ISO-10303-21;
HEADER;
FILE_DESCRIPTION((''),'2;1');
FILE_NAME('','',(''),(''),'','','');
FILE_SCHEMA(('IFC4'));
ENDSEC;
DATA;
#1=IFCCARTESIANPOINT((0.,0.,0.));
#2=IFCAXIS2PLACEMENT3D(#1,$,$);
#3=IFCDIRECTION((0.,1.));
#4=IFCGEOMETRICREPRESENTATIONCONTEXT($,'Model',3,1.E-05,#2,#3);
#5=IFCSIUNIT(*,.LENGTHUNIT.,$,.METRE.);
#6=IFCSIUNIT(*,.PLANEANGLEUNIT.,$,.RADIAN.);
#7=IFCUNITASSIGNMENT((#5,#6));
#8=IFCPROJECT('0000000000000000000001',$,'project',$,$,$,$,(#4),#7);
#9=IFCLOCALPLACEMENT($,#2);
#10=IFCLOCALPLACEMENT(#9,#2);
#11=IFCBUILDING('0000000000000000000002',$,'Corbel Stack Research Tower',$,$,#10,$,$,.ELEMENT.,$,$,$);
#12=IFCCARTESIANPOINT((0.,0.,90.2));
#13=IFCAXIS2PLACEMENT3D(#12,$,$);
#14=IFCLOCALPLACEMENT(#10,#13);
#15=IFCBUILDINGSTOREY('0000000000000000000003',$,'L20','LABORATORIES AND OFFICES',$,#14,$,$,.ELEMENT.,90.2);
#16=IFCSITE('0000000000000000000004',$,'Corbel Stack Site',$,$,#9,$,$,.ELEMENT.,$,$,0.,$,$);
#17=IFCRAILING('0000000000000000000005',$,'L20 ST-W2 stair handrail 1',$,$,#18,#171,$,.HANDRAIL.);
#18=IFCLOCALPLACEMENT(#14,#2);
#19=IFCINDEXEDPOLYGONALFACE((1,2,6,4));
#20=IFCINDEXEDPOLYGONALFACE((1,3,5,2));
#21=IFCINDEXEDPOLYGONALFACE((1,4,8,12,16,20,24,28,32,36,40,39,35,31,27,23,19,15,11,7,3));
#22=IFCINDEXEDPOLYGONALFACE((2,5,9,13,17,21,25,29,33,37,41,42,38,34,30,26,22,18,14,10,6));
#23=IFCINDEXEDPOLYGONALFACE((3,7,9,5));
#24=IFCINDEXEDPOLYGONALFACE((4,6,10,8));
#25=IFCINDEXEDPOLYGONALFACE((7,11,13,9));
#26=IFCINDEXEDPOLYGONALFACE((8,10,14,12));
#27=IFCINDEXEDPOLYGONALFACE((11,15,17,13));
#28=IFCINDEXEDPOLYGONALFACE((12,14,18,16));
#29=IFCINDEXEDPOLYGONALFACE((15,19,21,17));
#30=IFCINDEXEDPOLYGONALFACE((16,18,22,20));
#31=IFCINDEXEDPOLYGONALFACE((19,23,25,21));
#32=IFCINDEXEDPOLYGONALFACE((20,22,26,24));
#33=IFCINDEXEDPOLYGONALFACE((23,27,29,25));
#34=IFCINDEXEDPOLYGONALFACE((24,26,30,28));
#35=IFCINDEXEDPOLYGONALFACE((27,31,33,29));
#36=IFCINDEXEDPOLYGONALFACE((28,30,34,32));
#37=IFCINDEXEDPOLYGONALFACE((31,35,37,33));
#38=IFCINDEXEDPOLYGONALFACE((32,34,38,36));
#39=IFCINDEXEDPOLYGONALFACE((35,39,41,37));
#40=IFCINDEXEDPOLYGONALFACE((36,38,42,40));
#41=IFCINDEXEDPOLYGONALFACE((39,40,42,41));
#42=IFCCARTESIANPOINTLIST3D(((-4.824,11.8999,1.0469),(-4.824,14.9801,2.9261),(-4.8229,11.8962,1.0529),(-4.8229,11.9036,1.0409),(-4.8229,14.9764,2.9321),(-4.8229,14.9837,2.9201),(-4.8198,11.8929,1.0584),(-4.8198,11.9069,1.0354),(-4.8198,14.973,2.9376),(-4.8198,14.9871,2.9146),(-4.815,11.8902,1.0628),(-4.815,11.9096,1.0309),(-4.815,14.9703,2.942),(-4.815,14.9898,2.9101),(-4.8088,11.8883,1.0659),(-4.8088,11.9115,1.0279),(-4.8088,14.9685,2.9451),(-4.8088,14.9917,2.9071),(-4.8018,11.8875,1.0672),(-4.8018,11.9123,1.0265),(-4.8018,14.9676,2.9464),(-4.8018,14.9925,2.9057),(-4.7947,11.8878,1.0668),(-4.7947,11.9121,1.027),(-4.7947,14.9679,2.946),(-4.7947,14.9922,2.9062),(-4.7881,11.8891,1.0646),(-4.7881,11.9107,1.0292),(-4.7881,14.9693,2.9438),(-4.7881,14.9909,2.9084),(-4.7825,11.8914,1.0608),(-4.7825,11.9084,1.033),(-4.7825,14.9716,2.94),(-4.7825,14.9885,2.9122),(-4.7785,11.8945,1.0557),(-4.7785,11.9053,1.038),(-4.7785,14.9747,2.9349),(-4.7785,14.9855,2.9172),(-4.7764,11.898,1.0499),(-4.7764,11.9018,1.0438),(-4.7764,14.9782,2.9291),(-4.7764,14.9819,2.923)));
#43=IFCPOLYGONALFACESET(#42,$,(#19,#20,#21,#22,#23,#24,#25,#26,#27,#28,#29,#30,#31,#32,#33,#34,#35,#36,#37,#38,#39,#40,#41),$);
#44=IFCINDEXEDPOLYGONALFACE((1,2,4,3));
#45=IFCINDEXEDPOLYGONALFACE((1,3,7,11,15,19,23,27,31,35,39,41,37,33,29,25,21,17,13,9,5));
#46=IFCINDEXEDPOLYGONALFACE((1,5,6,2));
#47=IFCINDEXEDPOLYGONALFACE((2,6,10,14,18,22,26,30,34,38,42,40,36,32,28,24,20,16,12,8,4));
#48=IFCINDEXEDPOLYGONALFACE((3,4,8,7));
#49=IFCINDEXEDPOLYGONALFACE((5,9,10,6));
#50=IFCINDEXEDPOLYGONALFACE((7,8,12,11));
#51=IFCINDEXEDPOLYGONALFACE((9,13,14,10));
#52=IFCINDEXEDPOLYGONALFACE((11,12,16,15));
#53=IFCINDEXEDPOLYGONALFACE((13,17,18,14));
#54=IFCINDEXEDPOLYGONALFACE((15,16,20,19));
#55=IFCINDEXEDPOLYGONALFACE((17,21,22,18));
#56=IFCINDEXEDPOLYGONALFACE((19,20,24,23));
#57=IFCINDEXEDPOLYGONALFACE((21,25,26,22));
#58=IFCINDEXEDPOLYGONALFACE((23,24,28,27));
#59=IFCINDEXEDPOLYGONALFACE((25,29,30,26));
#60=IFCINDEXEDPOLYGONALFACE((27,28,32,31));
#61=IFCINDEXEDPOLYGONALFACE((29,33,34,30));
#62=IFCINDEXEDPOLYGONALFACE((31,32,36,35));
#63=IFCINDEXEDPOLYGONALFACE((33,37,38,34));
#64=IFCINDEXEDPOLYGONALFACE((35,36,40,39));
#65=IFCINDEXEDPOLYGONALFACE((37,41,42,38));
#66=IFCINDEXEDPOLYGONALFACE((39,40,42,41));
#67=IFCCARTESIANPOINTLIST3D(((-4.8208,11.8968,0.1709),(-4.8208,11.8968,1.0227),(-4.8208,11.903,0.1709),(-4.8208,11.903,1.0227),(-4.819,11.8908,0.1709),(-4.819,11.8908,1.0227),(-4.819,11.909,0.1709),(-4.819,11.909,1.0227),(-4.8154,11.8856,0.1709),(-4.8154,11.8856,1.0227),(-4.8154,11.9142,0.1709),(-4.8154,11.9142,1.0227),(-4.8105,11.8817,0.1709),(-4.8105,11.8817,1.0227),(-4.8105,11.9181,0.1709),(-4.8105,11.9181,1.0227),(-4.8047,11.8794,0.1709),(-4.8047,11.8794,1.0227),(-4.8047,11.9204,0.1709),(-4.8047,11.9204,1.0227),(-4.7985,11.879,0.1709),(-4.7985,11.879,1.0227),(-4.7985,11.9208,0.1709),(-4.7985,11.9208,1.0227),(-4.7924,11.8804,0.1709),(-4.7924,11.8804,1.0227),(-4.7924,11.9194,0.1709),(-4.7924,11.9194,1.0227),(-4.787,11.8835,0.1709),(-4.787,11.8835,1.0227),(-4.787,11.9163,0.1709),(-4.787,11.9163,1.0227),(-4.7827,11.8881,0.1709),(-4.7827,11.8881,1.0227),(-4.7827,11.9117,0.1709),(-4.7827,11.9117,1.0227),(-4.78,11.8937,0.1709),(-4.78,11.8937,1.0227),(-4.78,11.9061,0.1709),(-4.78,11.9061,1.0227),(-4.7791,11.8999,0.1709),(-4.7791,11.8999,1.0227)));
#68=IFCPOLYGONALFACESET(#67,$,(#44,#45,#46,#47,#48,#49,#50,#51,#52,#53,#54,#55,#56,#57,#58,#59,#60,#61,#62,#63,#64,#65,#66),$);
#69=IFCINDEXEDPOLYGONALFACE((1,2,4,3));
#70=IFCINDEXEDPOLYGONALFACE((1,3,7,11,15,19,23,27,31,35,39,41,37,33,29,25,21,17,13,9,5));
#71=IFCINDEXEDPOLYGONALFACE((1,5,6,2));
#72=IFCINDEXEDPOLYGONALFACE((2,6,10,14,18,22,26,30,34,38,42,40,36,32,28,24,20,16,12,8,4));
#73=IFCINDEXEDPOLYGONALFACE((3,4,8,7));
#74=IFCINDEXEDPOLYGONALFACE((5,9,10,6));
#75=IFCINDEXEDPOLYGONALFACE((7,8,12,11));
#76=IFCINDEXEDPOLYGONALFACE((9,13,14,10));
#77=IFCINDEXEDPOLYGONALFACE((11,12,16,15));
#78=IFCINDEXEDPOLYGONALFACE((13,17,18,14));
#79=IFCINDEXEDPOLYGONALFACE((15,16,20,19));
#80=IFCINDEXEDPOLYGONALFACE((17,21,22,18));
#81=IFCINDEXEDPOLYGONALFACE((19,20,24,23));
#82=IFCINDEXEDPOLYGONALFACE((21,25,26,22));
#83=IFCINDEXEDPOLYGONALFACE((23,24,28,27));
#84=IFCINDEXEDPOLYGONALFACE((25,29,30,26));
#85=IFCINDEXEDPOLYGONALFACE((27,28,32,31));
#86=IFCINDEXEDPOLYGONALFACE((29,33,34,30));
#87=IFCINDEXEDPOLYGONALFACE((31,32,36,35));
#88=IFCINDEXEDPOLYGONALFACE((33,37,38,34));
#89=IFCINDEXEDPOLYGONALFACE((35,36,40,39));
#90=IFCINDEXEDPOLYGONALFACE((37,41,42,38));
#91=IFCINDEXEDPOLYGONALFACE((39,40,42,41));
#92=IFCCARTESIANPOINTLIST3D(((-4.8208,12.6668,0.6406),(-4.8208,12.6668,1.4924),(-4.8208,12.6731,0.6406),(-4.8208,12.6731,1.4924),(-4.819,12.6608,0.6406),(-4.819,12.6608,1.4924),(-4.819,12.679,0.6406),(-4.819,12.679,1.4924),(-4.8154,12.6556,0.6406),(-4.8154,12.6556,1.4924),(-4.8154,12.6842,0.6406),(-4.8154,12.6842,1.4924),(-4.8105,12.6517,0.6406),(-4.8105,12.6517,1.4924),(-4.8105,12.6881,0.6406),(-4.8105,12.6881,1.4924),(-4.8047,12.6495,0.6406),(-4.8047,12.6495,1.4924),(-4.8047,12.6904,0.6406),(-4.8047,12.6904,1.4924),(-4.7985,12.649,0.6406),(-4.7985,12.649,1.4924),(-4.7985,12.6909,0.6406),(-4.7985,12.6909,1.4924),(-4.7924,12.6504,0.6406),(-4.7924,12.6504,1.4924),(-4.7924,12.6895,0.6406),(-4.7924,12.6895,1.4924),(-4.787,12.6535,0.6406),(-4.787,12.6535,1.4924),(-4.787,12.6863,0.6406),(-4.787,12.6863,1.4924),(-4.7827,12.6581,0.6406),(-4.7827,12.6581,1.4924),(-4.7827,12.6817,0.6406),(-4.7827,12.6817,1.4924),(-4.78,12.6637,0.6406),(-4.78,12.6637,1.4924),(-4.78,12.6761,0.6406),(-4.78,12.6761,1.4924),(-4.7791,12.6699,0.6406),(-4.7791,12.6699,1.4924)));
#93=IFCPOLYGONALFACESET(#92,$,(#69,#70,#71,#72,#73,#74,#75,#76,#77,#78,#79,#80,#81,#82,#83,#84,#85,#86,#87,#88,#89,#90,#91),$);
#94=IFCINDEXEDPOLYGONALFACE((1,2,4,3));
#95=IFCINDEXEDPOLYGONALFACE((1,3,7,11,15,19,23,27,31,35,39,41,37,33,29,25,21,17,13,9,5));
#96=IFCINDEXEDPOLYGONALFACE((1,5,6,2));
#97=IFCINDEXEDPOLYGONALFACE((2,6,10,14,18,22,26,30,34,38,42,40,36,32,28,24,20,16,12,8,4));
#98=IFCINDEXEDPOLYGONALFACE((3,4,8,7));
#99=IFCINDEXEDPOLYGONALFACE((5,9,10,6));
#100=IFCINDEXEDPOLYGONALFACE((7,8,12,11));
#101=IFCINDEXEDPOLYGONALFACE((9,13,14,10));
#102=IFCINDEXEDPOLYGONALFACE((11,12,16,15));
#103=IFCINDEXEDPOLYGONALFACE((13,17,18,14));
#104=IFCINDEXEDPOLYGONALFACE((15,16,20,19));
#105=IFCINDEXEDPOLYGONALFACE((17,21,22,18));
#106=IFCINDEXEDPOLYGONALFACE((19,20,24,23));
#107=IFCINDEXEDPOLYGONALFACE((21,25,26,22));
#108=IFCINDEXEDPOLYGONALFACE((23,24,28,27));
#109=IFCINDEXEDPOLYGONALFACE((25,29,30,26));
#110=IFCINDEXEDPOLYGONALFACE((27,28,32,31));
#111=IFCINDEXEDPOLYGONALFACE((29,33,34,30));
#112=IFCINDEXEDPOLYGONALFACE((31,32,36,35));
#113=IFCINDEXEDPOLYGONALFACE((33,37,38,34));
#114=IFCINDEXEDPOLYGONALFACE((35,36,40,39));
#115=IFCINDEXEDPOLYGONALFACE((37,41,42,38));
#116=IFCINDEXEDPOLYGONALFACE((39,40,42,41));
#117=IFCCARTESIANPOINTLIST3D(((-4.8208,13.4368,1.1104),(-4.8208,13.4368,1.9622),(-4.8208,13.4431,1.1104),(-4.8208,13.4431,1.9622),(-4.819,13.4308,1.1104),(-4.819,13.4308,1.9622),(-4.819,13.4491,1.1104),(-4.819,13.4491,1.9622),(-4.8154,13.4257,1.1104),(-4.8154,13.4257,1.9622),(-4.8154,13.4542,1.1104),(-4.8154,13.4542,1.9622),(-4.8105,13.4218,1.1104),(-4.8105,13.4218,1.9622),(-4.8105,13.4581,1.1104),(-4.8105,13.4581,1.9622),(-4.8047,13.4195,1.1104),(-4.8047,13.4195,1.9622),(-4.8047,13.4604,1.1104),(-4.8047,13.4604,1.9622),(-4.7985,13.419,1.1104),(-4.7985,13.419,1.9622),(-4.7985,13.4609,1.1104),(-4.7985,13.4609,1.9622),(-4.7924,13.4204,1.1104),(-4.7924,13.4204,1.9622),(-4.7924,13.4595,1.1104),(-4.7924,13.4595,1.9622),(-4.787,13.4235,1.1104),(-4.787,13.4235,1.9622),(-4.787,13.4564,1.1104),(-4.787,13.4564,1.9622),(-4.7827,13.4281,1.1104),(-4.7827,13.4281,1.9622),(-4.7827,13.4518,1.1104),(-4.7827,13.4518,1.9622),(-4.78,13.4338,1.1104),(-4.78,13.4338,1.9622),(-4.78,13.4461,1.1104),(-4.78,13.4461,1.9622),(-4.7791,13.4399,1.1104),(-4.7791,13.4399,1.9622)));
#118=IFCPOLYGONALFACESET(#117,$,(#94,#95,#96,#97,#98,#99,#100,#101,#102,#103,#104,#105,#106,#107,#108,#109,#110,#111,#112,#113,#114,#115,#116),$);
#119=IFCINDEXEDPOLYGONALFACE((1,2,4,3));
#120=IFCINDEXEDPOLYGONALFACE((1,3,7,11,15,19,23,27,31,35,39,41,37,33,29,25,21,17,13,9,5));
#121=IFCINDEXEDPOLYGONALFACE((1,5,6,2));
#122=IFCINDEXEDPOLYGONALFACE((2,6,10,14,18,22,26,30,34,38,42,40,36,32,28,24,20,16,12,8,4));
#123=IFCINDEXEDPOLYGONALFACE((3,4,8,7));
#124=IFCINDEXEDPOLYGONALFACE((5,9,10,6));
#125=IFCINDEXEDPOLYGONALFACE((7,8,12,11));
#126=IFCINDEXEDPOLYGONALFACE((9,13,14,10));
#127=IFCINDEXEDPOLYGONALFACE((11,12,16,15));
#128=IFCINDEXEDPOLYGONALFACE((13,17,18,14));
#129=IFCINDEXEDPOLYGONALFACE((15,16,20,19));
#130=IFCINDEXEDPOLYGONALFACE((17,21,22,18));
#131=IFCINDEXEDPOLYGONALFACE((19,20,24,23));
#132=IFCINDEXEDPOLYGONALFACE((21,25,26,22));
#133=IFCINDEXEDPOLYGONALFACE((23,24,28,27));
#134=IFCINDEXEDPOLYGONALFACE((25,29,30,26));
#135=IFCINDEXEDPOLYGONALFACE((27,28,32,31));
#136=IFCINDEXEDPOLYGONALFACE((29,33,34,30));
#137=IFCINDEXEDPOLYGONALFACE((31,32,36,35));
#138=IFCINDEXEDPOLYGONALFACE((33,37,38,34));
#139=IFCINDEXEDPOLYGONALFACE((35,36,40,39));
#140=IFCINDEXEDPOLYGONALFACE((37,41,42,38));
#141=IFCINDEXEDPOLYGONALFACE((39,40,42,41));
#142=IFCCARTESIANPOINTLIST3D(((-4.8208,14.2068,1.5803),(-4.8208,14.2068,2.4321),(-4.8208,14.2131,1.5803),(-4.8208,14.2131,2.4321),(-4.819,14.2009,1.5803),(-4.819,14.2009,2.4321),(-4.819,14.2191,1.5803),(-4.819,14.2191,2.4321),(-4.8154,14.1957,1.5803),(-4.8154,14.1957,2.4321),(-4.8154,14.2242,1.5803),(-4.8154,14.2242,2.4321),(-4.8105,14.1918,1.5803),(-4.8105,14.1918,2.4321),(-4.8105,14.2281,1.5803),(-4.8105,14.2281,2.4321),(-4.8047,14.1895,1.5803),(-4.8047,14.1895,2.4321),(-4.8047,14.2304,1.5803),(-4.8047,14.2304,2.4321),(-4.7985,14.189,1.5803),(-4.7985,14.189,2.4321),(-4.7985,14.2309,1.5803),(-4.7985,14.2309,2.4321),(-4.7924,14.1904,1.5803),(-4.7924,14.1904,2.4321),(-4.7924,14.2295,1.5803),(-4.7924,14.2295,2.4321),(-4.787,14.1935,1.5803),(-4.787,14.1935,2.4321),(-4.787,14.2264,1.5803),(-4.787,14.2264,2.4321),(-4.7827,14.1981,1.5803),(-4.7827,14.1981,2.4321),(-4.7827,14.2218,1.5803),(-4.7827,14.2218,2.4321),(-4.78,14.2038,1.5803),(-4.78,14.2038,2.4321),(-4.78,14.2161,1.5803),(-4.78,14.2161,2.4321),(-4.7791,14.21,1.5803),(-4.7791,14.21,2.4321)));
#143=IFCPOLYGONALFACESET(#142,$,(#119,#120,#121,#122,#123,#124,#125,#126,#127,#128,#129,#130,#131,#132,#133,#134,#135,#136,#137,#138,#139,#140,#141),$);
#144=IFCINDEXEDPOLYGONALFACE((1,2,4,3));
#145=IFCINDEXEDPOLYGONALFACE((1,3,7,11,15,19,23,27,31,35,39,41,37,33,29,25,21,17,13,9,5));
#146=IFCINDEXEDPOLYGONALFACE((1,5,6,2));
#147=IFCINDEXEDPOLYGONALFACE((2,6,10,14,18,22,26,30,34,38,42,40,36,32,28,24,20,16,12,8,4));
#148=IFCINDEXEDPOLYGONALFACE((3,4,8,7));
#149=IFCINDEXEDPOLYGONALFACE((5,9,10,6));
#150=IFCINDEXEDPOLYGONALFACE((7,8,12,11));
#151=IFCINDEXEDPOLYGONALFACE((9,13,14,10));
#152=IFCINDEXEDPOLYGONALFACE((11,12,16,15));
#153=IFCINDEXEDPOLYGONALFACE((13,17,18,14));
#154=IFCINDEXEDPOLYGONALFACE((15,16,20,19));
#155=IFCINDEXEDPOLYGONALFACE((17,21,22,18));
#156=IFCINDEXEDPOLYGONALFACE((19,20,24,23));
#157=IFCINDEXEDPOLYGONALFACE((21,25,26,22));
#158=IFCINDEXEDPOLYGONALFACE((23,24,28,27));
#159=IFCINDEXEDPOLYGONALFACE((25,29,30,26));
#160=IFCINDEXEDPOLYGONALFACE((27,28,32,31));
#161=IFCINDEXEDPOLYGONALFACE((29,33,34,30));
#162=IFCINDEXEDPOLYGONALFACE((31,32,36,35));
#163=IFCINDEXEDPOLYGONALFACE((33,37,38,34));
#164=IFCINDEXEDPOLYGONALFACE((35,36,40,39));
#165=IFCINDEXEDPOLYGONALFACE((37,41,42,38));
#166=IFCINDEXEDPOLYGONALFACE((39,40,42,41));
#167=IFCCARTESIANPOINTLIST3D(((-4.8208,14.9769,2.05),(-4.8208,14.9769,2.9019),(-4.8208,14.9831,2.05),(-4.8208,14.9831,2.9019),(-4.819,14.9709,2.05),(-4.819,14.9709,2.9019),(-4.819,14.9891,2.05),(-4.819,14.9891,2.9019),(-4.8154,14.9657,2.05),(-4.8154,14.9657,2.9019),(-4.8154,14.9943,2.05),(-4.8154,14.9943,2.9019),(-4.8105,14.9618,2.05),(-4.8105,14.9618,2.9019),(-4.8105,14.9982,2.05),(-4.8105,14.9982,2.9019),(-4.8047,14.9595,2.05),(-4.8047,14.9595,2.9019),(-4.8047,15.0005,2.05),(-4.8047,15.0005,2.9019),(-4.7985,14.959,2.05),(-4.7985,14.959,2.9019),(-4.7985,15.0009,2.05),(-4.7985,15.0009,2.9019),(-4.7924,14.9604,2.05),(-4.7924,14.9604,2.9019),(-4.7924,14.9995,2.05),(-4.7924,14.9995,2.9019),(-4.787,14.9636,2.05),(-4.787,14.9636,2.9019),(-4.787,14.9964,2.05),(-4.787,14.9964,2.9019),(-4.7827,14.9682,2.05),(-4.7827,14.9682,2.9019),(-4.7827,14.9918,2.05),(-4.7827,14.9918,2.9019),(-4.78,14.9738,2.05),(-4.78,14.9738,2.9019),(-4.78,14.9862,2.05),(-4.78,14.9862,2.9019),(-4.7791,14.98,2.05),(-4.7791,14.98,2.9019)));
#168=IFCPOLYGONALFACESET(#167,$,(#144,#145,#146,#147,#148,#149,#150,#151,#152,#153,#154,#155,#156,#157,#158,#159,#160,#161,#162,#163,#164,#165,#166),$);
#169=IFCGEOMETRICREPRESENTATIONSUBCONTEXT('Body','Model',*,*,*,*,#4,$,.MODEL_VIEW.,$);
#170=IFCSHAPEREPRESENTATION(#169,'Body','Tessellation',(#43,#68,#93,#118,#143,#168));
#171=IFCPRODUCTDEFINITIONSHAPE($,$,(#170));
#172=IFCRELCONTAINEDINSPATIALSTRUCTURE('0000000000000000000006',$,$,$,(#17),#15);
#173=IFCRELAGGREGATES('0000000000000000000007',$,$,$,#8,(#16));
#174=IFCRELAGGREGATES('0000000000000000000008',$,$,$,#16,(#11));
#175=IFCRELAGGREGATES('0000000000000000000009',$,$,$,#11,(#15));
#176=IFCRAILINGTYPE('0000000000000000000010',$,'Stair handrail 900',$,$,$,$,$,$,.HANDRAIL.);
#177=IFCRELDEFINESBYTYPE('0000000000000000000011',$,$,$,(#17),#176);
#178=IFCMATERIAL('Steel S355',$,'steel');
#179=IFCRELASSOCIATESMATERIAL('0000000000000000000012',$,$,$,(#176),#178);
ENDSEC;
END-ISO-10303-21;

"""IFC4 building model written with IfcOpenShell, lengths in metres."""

from ifc_helpers import new_model, si_unit, direction, frame, origin, origin_2d, place, context, subcontext, project, spatial, circle, extrude, material, type_object, element, save


model = new_model("IFC4")

# Units and contexts
model_context = context("Model", 3, precision=1e-05, world=origin(), true_north=direction((0.0, 1.0)))
body_context = subcontext(model_context, "Body", "Model", "MODEL_VIEW")
ifc_project = project(units=[si_unit("LENGTHUNIT", "METRE"), si_unit("PLANEANGLEUNIT", "RADIAN")], contexts=[model_context])

# Site, building, storey
site_placement = place(None, origin())
site = spatial("IfcSite", under=ifc_project, at=site_placement, Name="Corbel Stack Site", CompositionType="ELEMENT", RefElevation=0.0)
building_placement = place(site_placement, origin())
building = spatial("IfcBuilding", under=site, at=building_placement, Name="Corbel Stack Research Tower", CompositionType="ELEMENT")
storey_placement = place(building_placement, frame((0.0, 0.0, 90.2)))
storey = spatial("IfcBuildingStorey", under=building, at=storey_placement, Name="L20", Description="LABORATORIES AND OFFICES", CompositionType="ELEMENT", Elevation=90.2)

# Railing
ifc_material_1 = material(Name="Steel S355", Category="steel")
railing_type_1 = type_object("IfcRailingType", Name="Stair handrail 900", PredefinedType="HANDRAIL", material=ifc_material_1)
railing_1_placement = place(storey_placement, frame((-4.8, 11.8999, 0.1709)))
element("IfcRailing", 1, at=railing_1_placement, inside=storey, type_object=railing_type_1, Name="L20 ST-W2 stair handrail 1", PredefinedType="HANDRAIL", context=body_context, shape_type="SweptSolid", body=[
    extrude(circle(Radius=0.0239, at=origin_2d()), frame((0.0, 0.0, 0.876), z_axis=(0.0, 0.853666, 0.52082), x_axis=(-1.0, 0.0, 0.0)), (0.0, 0.0, 1.0), 3.6082),
    extrude(circle(Radius=0.021, at=origin_2d()), origin(), (0.0, 0.0, 1.0), 0.8518),
    extrude(circle(Radius=0.021, at=origin_2d()), frame((0.0, 0.77, 0.4697)), (0.0, 0.0, 1.0), 0.8518),
    extrude(circle(Radius=0.021, at=origin_2d()), frame((0.0, 1.54, 0.9395)), (0.0, 0.0, 1.0), 0.8518),
    extrude(circle(Radius=0.021, at=origin_2d()), frame((0.0, 2.3101, 1.4094)), (0.0, 0.0, 1.0), 0.8518),
    extrude(circle(Radius=0.021, at=origin_2d()), frame((0.0, 3.0801, 1.8792)), (0.0, 0.0, 1.0), 0.8518),
])

save(model, "model.ifc")
